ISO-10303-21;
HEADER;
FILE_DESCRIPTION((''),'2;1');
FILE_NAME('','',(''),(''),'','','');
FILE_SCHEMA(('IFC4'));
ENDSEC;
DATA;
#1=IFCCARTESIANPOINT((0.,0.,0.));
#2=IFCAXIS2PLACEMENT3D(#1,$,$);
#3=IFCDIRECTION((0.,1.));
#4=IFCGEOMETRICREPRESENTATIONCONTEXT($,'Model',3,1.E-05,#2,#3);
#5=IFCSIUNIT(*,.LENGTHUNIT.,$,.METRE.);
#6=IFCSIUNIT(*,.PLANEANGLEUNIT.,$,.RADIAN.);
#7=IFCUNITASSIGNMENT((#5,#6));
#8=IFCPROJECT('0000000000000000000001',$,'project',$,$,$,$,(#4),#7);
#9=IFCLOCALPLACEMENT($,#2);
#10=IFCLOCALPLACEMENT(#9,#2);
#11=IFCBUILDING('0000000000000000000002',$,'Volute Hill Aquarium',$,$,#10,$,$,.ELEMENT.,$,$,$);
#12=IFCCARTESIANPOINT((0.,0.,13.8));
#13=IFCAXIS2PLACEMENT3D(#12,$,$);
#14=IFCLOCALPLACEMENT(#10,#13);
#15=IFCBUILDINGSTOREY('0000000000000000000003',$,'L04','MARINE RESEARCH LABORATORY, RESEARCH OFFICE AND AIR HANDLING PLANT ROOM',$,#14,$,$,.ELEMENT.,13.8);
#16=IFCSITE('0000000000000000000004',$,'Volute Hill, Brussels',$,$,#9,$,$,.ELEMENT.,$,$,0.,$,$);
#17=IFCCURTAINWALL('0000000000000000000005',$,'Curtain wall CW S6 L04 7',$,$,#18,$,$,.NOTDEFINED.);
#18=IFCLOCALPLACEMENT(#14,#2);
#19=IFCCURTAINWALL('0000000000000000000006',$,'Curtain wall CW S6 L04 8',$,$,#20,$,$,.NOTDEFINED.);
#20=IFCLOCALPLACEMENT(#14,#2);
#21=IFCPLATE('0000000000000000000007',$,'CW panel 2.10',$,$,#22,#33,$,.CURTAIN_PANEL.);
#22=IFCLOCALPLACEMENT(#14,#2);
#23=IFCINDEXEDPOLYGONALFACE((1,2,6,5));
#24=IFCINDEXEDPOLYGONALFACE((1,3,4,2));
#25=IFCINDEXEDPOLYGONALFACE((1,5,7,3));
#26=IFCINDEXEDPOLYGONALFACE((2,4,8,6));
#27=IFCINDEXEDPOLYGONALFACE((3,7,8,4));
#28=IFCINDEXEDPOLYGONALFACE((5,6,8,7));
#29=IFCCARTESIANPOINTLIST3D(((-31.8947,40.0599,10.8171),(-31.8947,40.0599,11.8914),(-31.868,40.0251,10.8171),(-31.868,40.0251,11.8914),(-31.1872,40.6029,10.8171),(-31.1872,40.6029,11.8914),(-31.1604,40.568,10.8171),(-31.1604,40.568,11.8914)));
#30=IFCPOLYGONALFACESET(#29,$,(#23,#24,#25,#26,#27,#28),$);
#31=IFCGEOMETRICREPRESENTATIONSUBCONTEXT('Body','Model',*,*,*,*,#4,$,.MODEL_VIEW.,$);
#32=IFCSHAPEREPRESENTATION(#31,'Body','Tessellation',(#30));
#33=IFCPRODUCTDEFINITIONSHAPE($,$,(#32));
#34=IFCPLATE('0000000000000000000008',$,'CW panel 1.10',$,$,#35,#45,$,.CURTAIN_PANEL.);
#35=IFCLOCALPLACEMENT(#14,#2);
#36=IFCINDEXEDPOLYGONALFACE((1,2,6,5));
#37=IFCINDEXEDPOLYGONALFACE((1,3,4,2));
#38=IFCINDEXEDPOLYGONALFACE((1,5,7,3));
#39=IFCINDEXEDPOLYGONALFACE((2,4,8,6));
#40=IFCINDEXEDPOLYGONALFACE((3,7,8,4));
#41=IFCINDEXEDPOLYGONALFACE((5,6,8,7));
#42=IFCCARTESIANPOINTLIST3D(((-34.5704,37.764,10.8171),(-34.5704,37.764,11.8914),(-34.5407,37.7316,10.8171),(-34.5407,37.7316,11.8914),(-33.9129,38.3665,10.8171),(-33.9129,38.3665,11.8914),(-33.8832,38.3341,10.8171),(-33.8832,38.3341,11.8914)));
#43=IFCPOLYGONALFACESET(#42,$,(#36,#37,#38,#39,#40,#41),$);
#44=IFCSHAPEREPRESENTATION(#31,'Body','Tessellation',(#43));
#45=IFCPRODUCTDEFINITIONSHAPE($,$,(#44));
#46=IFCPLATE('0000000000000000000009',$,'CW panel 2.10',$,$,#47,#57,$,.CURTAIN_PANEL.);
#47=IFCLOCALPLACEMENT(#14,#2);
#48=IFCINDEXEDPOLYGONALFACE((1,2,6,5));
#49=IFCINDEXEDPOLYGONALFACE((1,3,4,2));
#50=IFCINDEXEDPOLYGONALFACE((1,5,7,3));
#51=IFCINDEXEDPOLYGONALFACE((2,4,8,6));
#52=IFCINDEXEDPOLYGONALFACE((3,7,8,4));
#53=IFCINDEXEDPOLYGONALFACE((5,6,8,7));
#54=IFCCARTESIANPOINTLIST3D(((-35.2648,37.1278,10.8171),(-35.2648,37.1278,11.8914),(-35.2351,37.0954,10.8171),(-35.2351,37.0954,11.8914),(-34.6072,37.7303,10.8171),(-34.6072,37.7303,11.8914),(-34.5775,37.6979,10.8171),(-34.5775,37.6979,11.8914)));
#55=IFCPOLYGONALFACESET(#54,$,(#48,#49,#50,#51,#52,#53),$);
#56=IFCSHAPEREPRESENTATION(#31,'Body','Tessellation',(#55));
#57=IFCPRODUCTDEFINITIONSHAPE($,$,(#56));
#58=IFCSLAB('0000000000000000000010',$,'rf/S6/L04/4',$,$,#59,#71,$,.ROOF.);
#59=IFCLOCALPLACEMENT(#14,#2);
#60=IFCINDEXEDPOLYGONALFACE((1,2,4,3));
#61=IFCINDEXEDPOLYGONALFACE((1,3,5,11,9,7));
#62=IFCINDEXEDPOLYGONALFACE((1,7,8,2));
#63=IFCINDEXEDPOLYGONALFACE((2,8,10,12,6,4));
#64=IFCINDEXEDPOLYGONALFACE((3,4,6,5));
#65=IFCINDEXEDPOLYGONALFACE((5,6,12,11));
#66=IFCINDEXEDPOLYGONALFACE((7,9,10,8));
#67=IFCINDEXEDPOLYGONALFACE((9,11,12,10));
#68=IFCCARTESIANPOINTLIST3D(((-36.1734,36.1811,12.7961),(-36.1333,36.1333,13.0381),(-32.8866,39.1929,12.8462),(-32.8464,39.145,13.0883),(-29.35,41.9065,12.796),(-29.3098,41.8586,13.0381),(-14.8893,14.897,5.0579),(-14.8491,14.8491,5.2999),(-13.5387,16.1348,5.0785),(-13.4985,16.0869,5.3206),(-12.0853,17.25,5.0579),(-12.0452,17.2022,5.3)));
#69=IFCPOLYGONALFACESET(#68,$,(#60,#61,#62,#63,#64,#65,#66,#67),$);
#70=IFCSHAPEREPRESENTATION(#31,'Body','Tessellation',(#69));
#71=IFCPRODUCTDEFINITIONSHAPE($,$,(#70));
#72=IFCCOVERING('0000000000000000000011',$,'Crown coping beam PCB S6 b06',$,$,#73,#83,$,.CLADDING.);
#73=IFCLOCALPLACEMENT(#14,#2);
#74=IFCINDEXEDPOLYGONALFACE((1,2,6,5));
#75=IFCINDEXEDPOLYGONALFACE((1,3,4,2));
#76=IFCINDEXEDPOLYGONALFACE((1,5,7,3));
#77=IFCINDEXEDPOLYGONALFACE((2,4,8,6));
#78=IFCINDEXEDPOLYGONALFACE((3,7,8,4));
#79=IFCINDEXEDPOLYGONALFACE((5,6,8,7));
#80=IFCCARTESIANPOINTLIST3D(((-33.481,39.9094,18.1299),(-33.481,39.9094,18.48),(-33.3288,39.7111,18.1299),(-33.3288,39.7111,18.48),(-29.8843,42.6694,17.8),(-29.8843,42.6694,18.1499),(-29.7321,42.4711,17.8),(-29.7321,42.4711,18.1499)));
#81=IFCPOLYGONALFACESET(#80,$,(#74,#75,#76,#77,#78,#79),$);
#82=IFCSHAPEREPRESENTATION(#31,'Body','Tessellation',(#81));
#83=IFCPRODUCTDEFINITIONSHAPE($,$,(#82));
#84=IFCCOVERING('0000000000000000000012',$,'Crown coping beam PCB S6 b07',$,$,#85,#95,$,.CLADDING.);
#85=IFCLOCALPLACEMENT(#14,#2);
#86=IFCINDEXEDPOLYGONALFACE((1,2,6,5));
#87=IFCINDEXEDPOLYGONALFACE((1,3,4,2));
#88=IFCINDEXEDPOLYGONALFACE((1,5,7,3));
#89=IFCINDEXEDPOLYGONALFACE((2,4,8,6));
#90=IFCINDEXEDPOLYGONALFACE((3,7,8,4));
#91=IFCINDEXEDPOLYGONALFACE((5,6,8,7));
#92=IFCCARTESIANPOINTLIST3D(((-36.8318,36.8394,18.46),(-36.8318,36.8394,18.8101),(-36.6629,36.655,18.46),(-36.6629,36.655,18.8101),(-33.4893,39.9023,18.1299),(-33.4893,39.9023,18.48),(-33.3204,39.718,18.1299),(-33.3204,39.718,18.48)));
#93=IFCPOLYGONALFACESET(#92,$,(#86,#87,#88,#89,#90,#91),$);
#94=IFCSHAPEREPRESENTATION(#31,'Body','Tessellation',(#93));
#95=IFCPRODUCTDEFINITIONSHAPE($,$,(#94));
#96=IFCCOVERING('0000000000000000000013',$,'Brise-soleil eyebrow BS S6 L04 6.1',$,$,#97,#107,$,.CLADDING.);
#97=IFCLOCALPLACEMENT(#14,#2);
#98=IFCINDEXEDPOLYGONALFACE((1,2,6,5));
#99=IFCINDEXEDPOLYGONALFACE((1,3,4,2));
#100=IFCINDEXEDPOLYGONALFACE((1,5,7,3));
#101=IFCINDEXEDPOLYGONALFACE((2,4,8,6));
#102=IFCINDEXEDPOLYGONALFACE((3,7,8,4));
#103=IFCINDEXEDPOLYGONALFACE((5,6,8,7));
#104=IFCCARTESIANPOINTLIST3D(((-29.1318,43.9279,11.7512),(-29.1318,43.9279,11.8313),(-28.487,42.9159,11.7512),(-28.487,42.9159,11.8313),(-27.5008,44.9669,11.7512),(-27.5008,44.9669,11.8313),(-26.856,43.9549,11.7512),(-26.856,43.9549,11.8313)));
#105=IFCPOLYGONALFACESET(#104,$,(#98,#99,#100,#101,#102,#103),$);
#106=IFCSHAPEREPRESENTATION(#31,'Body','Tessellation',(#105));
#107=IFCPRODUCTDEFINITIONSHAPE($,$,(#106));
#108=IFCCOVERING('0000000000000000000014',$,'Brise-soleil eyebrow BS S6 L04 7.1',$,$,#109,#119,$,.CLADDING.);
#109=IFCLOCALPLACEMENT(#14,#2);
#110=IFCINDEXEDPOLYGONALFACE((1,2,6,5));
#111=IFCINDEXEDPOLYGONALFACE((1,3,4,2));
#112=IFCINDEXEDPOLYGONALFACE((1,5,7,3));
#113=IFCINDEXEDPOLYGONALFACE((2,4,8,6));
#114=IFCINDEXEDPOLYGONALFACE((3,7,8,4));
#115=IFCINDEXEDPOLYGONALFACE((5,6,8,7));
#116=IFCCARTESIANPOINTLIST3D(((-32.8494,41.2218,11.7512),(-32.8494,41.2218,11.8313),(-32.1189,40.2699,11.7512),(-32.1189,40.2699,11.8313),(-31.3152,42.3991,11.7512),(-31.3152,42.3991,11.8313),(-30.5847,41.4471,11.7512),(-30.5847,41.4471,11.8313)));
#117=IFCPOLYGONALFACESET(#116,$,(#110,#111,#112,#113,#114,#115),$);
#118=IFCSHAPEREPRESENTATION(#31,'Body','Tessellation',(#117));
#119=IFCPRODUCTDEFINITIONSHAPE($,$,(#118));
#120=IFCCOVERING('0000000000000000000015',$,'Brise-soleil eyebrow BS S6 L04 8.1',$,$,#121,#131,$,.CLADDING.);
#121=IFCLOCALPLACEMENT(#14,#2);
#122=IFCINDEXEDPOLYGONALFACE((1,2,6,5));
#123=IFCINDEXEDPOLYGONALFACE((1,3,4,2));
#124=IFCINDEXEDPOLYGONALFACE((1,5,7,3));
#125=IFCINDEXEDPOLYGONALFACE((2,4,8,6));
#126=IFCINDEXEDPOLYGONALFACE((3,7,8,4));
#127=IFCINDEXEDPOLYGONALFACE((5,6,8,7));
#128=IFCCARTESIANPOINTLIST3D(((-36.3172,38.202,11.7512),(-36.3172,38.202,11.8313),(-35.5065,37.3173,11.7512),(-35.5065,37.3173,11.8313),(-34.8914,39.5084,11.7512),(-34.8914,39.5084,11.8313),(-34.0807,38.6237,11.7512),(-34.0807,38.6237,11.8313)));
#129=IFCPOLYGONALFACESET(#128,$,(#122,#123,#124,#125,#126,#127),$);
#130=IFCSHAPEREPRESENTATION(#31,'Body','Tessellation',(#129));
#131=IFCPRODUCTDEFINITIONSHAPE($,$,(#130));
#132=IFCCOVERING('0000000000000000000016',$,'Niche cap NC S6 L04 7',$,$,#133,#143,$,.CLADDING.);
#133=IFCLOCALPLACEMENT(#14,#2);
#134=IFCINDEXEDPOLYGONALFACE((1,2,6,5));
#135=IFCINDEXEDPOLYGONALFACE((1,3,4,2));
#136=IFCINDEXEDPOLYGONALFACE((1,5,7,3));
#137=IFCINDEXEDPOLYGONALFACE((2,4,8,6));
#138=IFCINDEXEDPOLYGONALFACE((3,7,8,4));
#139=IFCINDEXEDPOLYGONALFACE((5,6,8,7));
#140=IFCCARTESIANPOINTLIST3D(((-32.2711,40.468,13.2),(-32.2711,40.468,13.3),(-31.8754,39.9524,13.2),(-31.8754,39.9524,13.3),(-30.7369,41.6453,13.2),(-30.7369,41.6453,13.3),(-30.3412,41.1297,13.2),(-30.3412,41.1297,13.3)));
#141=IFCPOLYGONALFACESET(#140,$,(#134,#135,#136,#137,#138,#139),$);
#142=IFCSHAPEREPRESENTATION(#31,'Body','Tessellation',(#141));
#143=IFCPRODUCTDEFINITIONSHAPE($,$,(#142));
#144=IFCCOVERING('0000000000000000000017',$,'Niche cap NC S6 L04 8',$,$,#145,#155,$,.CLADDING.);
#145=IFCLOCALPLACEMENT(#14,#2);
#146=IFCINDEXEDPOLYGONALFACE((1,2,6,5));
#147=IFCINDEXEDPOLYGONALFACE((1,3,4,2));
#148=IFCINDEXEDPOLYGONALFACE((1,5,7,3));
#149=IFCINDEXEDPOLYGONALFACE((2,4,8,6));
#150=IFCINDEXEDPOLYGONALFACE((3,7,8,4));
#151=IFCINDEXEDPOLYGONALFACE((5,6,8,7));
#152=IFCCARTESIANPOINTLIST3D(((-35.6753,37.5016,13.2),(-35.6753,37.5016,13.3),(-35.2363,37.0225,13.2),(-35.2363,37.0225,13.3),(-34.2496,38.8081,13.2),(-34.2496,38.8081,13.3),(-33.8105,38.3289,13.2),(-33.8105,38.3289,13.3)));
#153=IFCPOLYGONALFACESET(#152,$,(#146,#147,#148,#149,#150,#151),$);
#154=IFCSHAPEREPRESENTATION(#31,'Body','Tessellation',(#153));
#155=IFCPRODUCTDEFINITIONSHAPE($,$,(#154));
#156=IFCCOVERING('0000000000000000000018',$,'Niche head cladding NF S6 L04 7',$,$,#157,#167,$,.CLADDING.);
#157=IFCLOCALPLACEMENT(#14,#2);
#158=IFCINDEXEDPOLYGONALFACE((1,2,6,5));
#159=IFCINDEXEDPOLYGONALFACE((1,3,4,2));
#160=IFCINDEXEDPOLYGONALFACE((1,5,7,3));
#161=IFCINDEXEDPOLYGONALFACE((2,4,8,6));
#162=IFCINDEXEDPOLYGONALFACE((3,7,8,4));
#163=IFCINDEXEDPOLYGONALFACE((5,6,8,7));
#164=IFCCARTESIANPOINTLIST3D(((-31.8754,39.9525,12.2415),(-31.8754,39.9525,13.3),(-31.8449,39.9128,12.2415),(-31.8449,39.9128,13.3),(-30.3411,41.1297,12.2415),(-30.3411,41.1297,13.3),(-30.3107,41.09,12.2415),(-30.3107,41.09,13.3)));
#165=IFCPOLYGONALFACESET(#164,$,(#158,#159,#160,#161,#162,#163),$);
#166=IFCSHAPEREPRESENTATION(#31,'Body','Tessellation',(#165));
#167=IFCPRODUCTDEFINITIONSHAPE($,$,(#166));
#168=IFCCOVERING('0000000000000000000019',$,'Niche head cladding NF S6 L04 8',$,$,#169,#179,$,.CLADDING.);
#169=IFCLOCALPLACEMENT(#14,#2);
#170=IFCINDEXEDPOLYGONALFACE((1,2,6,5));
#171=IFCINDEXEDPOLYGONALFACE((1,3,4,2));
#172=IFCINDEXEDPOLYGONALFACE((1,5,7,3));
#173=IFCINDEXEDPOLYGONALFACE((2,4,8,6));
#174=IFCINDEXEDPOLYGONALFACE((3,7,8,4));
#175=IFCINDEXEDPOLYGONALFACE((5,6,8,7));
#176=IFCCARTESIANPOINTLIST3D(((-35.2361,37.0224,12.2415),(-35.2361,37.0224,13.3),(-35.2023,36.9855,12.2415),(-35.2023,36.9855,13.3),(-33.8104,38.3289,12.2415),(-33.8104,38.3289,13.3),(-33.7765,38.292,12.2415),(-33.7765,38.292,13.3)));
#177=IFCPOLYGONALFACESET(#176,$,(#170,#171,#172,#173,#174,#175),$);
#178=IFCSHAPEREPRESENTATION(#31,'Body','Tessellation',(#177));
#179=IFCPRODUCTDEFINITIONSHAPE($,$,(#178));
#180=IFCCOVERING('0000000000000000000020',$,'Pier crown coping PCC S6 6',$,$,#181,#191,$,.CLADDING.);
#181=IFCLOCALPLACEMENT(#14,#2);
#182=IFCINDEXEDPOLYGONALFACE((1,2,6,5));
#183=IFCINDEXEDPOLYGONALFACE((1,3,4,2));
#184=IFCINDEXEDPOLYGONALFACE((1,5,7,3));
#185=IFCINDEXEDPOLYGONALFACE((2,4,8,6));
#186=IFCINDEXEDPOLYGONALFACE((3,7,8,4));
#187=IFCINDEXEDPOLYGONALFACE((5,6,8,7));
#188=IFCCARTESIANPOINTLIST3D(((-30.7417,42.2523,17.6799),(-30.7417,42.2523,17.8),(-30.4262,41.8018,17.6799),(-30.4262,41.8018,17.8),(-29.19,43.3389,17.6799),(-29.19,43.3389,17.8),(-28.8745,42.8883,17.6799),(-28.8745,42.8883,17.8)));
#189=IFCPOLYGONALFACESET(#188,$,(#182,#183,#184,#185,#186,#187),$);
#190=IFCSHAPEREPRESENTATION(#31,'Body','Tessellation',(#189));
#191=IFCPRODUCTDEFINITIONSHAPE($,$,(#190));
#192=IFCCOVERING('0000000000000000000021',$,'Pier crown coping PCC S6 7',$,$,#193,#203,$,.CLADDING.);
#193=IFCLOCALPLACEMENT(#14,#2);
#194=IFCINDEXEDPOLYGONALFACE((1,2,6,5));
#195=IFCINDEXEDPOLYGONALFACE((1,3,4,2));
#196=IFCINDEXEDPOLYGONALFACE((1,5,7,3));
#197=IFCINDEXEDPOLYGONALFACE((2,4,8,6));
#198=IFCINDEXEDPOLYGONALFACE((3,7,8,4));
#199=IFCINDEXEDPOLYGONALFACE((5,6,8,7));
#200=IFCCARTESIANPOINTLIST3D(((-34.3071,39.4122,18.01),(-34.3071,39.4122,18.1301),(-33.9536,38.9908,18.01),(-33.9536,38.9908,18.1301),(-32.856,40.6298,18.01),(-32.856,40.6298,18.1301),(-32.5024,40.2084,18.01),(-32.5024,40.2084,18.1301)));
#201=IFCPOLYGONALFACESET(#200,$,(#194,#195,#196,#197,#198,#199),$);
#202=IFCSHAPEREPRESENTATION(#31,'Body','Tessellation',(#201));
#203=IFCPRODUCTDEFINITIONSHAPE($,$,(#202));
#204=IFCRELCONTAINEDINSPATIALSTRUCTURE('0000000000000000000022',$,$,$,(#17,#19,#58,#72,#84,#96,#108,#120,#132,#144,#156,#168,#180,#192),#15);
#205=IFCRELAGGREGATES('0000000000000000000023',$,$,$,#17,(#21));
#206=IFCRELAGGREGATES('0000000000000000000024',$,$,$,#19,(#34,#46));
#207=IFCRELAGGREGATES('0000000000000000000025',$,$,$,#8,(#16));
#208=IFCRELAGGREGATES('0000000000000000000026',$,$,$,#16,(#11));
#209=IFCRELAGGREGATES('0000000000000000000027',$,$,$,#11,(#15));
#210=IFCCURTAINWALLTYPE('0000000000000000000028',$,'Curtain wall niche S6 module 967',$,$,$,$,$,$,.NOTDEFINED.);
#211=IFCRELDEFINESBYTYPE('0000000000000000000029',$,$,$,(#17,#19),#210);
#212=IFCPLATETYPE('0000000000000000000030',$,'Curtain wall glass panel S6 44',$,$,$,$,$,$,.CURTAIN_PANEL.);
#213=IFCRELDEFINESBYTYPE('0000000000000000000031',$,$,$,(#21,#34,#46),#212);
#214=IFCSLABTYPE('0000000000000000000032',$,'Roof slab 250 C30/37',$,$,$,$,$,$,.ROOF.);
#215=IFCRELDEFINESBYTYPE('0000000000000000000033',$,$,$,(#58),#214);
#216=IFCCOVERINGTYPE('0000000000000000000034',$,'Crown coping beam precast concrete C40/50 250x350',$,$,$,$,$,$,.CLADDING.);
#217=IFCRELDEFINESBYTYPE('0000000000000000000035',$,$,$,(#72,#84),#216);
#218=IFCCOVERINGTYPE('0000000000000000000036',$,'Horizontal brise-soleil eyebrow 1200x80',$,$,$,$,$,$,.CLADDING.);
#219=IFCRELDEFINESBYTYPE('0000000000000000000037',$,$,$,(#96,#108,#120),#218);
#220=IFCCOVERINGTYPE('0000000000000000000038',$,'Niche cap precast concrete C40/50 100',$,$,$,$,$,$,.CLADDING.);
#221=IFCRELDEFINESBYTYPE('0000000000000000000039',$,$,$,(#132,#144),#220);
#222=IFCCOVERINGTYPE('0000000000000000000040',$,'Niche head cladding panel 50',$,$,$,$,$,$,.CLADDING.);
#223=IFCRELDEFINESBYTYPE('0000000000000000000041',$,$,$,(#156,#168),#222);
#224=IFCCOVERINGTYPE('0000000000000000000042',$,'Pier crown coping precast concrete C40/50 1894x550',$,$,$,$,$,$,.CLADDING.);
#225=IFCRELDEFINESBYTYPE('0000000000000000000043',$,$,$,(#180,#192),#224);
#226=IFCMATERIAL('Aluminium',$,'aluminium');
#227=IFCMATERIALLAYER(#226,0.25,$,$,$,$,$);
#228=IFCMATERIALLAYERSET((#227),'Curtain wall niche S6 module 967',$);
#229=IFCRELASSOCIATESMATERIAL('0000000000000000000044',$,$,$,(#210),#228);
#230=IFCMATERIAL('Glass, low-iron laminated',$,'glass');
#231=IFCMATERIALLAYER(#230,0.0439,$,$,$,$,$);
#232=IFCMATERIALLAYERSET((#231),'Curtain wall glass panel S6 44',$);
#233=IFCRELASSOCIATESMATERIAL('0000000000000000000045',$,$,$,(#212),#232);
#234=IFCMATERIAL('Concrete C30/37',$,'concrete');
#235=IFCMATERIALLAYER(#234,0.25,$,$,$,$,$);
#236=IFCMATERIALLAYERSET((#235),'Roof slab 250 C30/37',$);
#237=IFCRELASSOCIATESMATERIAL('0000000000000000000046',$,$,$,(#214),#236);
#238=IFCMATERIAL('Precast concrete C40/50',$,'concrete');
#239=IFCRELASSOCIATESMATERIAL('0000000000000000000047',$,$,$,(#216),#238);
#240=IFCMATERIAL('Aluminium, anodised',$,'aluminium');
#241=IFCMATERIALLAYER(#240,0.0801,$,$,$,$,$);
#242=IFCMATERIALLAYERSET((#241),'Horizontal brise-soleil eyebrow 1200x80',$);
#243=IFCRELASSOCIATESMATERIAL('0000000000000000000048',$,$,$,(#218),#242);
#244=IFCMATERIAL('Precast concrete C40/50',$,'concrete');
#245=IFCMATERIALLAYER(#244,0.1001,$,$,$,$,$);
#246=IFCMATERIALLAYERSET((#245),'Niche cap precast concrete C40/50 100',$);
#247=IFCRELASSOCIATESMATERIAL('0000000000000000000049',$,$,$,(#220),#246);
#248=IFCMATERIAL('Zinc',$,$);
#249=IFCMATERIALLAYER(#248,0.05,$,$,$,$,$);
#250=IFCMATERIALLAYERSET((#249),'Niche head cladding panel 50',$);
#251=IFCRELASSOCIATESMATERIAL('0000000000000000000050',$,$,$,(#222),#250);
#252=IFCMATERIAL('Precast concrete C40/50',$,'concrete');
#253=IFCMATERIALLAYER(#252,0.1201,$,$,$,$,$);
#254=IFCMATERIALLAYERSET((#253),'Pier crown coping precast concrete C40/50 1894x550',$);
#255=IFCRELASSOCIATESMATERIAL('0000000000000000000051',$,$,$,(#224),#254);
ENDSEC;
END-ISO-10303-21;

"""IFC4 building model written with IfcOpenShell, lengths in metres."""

from ifc_helpers import new_model, si_unit, direction, frame, origin, origin_2d, place, context, subcontext, project, spatial, polyline, rectangle, outline, extrude, material, layer, layer_set, type_object, element, aggregate, save


model = new_model("IFC4")

# Units and contexts
model_context = context("Model", 3, precision=1e-05, world=origin(), true_north=direction((0.0, 1.0)))
body_context = subcontext(model_context, "Body", "Model", "MODEL_VIEW")
ifc_project = project(units=[si_unit("LENGTHUNIT", "METRE"), si_unit("PLANEANGLEUNIT", "RADIAN")], contexts=[model_context])

# Site, building, storey
site_placement = place(None, origin())
site = spatial("IfcSite", under=ifc_project, at=site_placement, Name="Volute Hill, Brussels", CompositionType="ELEMENT", RefElevation=0.0)
building_placement = place(site_placement, origin())
building = spatial("IfcBuilding", under=site, at=building_placement, Name="Volute Hill Aquarium", CompositionType="ELEMENT")
storey_placement = place(building_placement, frame((0.0, 0.0, 13.8)))
storey = spatial("IfcBuildingStorey", under=building, at=storey_placement, Name="L04", Description="MARINE RESEARCH LABORATORY, RESEARCH OFFICE AND AIR HANDLING PLANT ROOM", CompositionType="ELEMENT", Elevation=13.8)

# Curtain walls
ifc_material_1 = material(Name="Aluminium", Category="aluminium")
ifc_layer_1 = layer(ifc_material_1, 0.25)
ifc_layer_set_1 = layer_set([ifc_layer_1], Name="Curtain wall niche S6 module 967")
curtain_wall_type = type_object("IfcCurtainWallType", Name="Curtain wall niche S6 module 967", PredefinedType="NOTDEFINED", material=ifc_layer_set_1)
curtain_wall_1_placement = place(storey_placement, origin())
curtain_wall_1 = element("IfcCurtainWall", 1, at=curtain_wall_1_placement, inside=storey, type_object=curtain_wall_type, Name="Curtain wall CW S6 L04 7", PredefinedType="NOTDEFINED")
curtain_wall_2_placement = place(storey_placement, origin())
curtain_wall_2 = element("IfcCurtainWall", 2, at=curtain_wall_2_placement, inside=storey, type_object=curtain_wall_type, Name="Curtain wall CW S6 L04 8", PredefinedType="NOTDEFINED")

# Shared definitions
ifc_material_2 = material(Name="Glass, low-iron laminated", Category="glass")
ifc_layer_2 = layer(ifc_material_2, 0.0439)
ifc_layer_set_2 = layer_set([ifc_layer_2], Name="Curtain wall glass panel S6 44")
plate_type = type_object("IfcPlateType", Name="Curtain wall glass panel S6 44", PredefinedType="CURTAIN_PANEL", material=ifc_layer_set_2)

# Plates
plate_1_placement = place(storey_placement, frame((-31.5276, 40.314, 10.8171), z_axis=(0.0, 0.0, 1.0), x_axis=(-0.793348, -0.608769, 0.0)))
plate_1 = element("IfcPlate", 3, at=plate_1_placement, type_object=plate_type, Name="CW panel 2.10", PredefinedType="CURTAIN_PANEL", context=body_context, shape_type="SweptSolid", body=[
    extrude(rectangle(XDim=0.8918, YDim=0.0439, at=origin_2d()), origin(), (0.0, 0.0, 1.0), 1.0742),
])
aggregate(curtain_wall_1, [plate_1])
plate_2_placement = place(storey_placement, frame((-34.2268, 38.0491, 10.8171), z_axis=(0.0, 0.0, 1.0), x_axis=(-0.737285, -0.675582, 0.0)))
plate_2 = element("IfcPlate", 4, at=plate_2_placement, type_object=plate_type, Name="CW panel 1.10", PredefinedType="CURTAIN_PANEL", context=body_context, shape_type="SweptSolid", body=[
    extrude(rectangle(XDim=0.8918, YDim=0.0439, at=origin_2d()), origin(), (0.0, 0.0, 1.0), 1.0742),
])
plate_3_placement = place(storey_placement, frame((-34.9211, 37.4128, 10.8171), z_axis=(0.0, 0.0, 1.0), x_axis=(-0.737285, -0.675582, 0.0)))
plate_3 = element("IfcPlate", 5, at=plate_3_placement, type_object=plate_type, Name="CW panel 2.10", PredefinedType="CURTAIN_PANEL", context=body_context, shape_type="SweptSolid", body=[
    extrude(rectangle(XDim=0.8918, YDim=0.0439, at=origin_2d()), origin(), (0.0, 0.0, 1.0), 1.0742),
])
aggregate(curtain_wall_2, [plate_2, plate_3])

# Slab
ifc_material_3 = material(Name="Concrete C30/37", Category="concrete")
ifc_layer_3 = layer(ifc_material_3, 0.25)
ifc_layer_set_3 = layer_set([ifc_layer_3], Name="Roof slab 250 C30/37")
slab_type = type_object("IfcSlabType", Name="Roof slab 250 C30/37", PredefinedType="ROOF", material=ifc_layer_set_3)
slab_placement = place(storey_placement, frame((-29.3098, 41.8586, 13.0381), z_axis=(0.160617, -0.191416, 0.968278), x_axis=(-0.793319, -0.608702, 0.011262)))
element("IfcSlab", 6, at=slab_placement, inside=storey, type_object=slab_type, Name="rf/S6/L04/4", PredefinedType="ROOF", context=body_context, shape_type="SweptSolid", body=[
    extrude(outline(polyline([(0.0, 0.0), (4.458, 0.0), (8.8982, 0.4013), (4.8816, 31.2197), (3.057, 31.0547), (1.2249, 31.0546), (0.0, 0.0)])), origin(), (0.0, 0.0, -1.0), 0.25),
])

# Coverings
ifc_material_4 = material(Name="Precast concrete C40/50", Category="concrete")
covering_type_1 = type_object("IfcCoveringType", Name="Crown coping beam precast concrete C40/50 250x350", PredefinedType="CLADDING", material=ifc_material_4)
covering_1_placement = place(storey_placement, frame((-29.8843, 42.6694, 17.8), z_axis=(-0.608786, 0.793334, 0.0), x_axis=(-0.791243, -0.607182, 0.072561)))
element("IfcCovering", 7, at=covering_1_placement, inside=storey, type_object=covering_type_1, Name="Crown coping beam PCB S6 b06", PredefinedType="CLADDING", context=body_context, shape_type="SweptSolid", body=[
    extrude(outline(polyline([(0.0, 0.0), (4.5456, 0.0), (4.571, 0.3492), (0.0254, 0.3489), (0.0, 0.0)])), origin(), (0.0, 0.0, -1.0), 0.25),
])
covering_2_placement = place(storey_placement, frame((-33.4893, 39.9023, 18.1299), z_axis=(-0.675605, 0.737264, 0.0), x_axis=(-0.735317, -0.673822, 0.072613)))
element("IfcCovering", 8, at=covering_2_placement, inside=storey, type_object=covering_type_1, Name="Crown coping beam PCB S6 b07", PredefinedType="CLADDING", context=body_context, shape_type="SweptSolid", body=[
    extrude(outline(polyline([(0.0, 0.0), (4.5457, 0.0), (4.5711, 0.3492), (0.0254, 0.3492), (0.0, 0.0)])), origin(), (0.0, 0.0, -1.0), 0.25),
])
ifc_material_5 = material(Name="Aluminium, anodised", Category="aluminium")
ifc_layer_4 = layer(ifc_material_5, 0.0801)
ifc_layer_set_4 = layer_set([ifc_layer_4], Name="Horizontal brise-soleil eyebrow 1200x80")
covering_type_2 = type_object("IfcCoveringType", Name="Horizontal brise-soleil eyebrow 1200x80", PredefinedType="CLADDING", material=ifc_layer_set_4)
for number, where, z_axis, x_axis, name in (
    (9, (-27.9939, 43.9414, 11.7512), (0.0, 0.0, 1.0), (-0.843396, -0.537293, 0.0), "Brise-soleil eyebrow BS S6 L04 6.1"),
    (10, (-31.717, 41.3345, 11.7512), (0.0, 0.0, 1.0), (-0.79335, -0.608766, 0.0), "Brise-soleil eyebrow BS S6 L04 7.1"),
    (11, (-35.199, 38.4128, 11.7512), (0.0, 0.0, 1.0), (-0.737286, -0.675581, 0.0), "Brise-soleil eyebrow BS S6 L04 8.1"),
):
    element("IfcCovering", number, at=place(storey_placement, frame(where, z_axis=z_axis, x_axis=x_axis)), inside=storey, type_object=covering_type_2, Name=name, PredefinedType="CLADDING", context=body_context, shape_type="SweptSolid", body=[
        extrude(rectangle(XDim=1.9338, YDim=1.2, at=origin_2d()), origin(), (0.0, 0.0, 1.0), 0.0801),
    ])
ifc_material_6 = material(Name="Precast concrete C40/50", Category="concrete")
ifc_layer_5 = layer(ifc_material_6, 0.1001)
ifc_layer_set_5 = layer_set([ifc_layer_5], Name="Niche cap precast concrete C40/50 100")
covering_type_3 = type_object("IfcCoveringType", Name="Niche cap precast concrete C40/50 100", PredefinedType="CLADDING", material=ifc_layer_set_5)
for number, where, z_axis, x_axis, name in (
    (12, (-31.3062, 40.7988, 13.2), (0.0, 0.0, 1.0), (-0.79335, -0.608766, 0.0), "Niche cap NC S6 L04 7"),
    (13, (-34.7429, 37.9153, 13.2), (0.0, 0.0, 1.0), (-0.737286, -0.675581, 0.0), "Niche cap NC S6 L04 8"),
):
    element("IfcCovering", number, at=place(storey_placement, frame(where, z_axis=z_axis, x_axis=x_axis)), inside=storey, type_object=covering_type_3, Name=name, PredefinedType="CLADDING", context=body_context, shape_type="SweptSolid", body=[
        extrude(rectangle(XDim=1.9338, YDim=0.6499, at=origin_2d()), origin(), (0.0, 0.0, 1.0), 0.1001),
    ])
ifc_material_7 = material(Name="Zinc")
ifc_layer_6 = layer(ifc_material_7, 0.05)
ifc_layer_set_6 = layer_set([ifc_layer_6], Name="Niche head cladding panel 50")
covering_type_4 = type_object("IfcCoveringType", Name="Niche head cladding panel 50", PredefinedType="CLADDING", material=ifc_layer_set_6)
for number, where, z_axis, x_axis, name in (
    (14, (-31.093, 40.5212, 12.2415), (0.0, 0.0, 1.0), (-0.79335, -0.608766, 0.0), "Niche head cladding NF S6 L04 7"),
    (15, (-34.5063, 37.6572, 12.2415), (0.0, 0.0, 1.0), (-0.737286, -0.675581, 0.0), "Niche head cladding NF S6 L04 8"),
):
    element("IfcCovering", number, at=place(storey_placement, frame(where, z_axis=z_axis, x_axis=x_axis)), inside=storey, type_object=covering_type_4, Name=name, PredefinedType="CLADDING", context=body_context, shape_type="SweptSolid", body=[
        extrude(rectangle(XDim=1.9338, YDim=0.05, at=origin_2d()), origin(), (0.0, 0.0, 1.0), 1.0586),
    ])
ifc_material_8 = material(Name="Precast concrete C40/50", Category="concrete")
ifc_layer_7 = layer(ifc_material_8, 0.1201)
ifc_layer_set_7 = layer_set([ifc_layer_7], Name="Pier crown coping precast concrete C40/50 1894x550")
covering_type_5 = type_object("IfcCoveringType", Name="Pier crown coping precast concrete C40/50 1894x550", PredefinedType="CLADDING", material=ifc_layer_set_7)
for number, where, z_axis, x_axis, name in (
    (16, (-29.8081, 42.5703, 17.6799), (0.0, 0.0, 1.0), (-0.819152, -0.573576, 0.0), "Pier crown coping PCC S6 6"),
    (17, (-33.4048, 39.8103, 18.01), (0.0, 0.0, 1.0), (-0.766044, -0.642788, 0.0), "Pier crown coping PCC S6 7"),
):
    element("IfcCovering", number, at=place(storey_placement, frame(where, z_axis=z_axis, x_axis=x_axis)), inside=storey, type_object=covering_type_5, Name=name, PredefinedType="CLADDING", context=body_context, shape_type="SweptSolid", body=[
        extrude(rectangle(XDim=1.8943, YDim=0.55, at=origin_2d()), origin(), (0.0, 0.0, 1.0), 0.1201),
    ])

save(model, "model.ifc")
